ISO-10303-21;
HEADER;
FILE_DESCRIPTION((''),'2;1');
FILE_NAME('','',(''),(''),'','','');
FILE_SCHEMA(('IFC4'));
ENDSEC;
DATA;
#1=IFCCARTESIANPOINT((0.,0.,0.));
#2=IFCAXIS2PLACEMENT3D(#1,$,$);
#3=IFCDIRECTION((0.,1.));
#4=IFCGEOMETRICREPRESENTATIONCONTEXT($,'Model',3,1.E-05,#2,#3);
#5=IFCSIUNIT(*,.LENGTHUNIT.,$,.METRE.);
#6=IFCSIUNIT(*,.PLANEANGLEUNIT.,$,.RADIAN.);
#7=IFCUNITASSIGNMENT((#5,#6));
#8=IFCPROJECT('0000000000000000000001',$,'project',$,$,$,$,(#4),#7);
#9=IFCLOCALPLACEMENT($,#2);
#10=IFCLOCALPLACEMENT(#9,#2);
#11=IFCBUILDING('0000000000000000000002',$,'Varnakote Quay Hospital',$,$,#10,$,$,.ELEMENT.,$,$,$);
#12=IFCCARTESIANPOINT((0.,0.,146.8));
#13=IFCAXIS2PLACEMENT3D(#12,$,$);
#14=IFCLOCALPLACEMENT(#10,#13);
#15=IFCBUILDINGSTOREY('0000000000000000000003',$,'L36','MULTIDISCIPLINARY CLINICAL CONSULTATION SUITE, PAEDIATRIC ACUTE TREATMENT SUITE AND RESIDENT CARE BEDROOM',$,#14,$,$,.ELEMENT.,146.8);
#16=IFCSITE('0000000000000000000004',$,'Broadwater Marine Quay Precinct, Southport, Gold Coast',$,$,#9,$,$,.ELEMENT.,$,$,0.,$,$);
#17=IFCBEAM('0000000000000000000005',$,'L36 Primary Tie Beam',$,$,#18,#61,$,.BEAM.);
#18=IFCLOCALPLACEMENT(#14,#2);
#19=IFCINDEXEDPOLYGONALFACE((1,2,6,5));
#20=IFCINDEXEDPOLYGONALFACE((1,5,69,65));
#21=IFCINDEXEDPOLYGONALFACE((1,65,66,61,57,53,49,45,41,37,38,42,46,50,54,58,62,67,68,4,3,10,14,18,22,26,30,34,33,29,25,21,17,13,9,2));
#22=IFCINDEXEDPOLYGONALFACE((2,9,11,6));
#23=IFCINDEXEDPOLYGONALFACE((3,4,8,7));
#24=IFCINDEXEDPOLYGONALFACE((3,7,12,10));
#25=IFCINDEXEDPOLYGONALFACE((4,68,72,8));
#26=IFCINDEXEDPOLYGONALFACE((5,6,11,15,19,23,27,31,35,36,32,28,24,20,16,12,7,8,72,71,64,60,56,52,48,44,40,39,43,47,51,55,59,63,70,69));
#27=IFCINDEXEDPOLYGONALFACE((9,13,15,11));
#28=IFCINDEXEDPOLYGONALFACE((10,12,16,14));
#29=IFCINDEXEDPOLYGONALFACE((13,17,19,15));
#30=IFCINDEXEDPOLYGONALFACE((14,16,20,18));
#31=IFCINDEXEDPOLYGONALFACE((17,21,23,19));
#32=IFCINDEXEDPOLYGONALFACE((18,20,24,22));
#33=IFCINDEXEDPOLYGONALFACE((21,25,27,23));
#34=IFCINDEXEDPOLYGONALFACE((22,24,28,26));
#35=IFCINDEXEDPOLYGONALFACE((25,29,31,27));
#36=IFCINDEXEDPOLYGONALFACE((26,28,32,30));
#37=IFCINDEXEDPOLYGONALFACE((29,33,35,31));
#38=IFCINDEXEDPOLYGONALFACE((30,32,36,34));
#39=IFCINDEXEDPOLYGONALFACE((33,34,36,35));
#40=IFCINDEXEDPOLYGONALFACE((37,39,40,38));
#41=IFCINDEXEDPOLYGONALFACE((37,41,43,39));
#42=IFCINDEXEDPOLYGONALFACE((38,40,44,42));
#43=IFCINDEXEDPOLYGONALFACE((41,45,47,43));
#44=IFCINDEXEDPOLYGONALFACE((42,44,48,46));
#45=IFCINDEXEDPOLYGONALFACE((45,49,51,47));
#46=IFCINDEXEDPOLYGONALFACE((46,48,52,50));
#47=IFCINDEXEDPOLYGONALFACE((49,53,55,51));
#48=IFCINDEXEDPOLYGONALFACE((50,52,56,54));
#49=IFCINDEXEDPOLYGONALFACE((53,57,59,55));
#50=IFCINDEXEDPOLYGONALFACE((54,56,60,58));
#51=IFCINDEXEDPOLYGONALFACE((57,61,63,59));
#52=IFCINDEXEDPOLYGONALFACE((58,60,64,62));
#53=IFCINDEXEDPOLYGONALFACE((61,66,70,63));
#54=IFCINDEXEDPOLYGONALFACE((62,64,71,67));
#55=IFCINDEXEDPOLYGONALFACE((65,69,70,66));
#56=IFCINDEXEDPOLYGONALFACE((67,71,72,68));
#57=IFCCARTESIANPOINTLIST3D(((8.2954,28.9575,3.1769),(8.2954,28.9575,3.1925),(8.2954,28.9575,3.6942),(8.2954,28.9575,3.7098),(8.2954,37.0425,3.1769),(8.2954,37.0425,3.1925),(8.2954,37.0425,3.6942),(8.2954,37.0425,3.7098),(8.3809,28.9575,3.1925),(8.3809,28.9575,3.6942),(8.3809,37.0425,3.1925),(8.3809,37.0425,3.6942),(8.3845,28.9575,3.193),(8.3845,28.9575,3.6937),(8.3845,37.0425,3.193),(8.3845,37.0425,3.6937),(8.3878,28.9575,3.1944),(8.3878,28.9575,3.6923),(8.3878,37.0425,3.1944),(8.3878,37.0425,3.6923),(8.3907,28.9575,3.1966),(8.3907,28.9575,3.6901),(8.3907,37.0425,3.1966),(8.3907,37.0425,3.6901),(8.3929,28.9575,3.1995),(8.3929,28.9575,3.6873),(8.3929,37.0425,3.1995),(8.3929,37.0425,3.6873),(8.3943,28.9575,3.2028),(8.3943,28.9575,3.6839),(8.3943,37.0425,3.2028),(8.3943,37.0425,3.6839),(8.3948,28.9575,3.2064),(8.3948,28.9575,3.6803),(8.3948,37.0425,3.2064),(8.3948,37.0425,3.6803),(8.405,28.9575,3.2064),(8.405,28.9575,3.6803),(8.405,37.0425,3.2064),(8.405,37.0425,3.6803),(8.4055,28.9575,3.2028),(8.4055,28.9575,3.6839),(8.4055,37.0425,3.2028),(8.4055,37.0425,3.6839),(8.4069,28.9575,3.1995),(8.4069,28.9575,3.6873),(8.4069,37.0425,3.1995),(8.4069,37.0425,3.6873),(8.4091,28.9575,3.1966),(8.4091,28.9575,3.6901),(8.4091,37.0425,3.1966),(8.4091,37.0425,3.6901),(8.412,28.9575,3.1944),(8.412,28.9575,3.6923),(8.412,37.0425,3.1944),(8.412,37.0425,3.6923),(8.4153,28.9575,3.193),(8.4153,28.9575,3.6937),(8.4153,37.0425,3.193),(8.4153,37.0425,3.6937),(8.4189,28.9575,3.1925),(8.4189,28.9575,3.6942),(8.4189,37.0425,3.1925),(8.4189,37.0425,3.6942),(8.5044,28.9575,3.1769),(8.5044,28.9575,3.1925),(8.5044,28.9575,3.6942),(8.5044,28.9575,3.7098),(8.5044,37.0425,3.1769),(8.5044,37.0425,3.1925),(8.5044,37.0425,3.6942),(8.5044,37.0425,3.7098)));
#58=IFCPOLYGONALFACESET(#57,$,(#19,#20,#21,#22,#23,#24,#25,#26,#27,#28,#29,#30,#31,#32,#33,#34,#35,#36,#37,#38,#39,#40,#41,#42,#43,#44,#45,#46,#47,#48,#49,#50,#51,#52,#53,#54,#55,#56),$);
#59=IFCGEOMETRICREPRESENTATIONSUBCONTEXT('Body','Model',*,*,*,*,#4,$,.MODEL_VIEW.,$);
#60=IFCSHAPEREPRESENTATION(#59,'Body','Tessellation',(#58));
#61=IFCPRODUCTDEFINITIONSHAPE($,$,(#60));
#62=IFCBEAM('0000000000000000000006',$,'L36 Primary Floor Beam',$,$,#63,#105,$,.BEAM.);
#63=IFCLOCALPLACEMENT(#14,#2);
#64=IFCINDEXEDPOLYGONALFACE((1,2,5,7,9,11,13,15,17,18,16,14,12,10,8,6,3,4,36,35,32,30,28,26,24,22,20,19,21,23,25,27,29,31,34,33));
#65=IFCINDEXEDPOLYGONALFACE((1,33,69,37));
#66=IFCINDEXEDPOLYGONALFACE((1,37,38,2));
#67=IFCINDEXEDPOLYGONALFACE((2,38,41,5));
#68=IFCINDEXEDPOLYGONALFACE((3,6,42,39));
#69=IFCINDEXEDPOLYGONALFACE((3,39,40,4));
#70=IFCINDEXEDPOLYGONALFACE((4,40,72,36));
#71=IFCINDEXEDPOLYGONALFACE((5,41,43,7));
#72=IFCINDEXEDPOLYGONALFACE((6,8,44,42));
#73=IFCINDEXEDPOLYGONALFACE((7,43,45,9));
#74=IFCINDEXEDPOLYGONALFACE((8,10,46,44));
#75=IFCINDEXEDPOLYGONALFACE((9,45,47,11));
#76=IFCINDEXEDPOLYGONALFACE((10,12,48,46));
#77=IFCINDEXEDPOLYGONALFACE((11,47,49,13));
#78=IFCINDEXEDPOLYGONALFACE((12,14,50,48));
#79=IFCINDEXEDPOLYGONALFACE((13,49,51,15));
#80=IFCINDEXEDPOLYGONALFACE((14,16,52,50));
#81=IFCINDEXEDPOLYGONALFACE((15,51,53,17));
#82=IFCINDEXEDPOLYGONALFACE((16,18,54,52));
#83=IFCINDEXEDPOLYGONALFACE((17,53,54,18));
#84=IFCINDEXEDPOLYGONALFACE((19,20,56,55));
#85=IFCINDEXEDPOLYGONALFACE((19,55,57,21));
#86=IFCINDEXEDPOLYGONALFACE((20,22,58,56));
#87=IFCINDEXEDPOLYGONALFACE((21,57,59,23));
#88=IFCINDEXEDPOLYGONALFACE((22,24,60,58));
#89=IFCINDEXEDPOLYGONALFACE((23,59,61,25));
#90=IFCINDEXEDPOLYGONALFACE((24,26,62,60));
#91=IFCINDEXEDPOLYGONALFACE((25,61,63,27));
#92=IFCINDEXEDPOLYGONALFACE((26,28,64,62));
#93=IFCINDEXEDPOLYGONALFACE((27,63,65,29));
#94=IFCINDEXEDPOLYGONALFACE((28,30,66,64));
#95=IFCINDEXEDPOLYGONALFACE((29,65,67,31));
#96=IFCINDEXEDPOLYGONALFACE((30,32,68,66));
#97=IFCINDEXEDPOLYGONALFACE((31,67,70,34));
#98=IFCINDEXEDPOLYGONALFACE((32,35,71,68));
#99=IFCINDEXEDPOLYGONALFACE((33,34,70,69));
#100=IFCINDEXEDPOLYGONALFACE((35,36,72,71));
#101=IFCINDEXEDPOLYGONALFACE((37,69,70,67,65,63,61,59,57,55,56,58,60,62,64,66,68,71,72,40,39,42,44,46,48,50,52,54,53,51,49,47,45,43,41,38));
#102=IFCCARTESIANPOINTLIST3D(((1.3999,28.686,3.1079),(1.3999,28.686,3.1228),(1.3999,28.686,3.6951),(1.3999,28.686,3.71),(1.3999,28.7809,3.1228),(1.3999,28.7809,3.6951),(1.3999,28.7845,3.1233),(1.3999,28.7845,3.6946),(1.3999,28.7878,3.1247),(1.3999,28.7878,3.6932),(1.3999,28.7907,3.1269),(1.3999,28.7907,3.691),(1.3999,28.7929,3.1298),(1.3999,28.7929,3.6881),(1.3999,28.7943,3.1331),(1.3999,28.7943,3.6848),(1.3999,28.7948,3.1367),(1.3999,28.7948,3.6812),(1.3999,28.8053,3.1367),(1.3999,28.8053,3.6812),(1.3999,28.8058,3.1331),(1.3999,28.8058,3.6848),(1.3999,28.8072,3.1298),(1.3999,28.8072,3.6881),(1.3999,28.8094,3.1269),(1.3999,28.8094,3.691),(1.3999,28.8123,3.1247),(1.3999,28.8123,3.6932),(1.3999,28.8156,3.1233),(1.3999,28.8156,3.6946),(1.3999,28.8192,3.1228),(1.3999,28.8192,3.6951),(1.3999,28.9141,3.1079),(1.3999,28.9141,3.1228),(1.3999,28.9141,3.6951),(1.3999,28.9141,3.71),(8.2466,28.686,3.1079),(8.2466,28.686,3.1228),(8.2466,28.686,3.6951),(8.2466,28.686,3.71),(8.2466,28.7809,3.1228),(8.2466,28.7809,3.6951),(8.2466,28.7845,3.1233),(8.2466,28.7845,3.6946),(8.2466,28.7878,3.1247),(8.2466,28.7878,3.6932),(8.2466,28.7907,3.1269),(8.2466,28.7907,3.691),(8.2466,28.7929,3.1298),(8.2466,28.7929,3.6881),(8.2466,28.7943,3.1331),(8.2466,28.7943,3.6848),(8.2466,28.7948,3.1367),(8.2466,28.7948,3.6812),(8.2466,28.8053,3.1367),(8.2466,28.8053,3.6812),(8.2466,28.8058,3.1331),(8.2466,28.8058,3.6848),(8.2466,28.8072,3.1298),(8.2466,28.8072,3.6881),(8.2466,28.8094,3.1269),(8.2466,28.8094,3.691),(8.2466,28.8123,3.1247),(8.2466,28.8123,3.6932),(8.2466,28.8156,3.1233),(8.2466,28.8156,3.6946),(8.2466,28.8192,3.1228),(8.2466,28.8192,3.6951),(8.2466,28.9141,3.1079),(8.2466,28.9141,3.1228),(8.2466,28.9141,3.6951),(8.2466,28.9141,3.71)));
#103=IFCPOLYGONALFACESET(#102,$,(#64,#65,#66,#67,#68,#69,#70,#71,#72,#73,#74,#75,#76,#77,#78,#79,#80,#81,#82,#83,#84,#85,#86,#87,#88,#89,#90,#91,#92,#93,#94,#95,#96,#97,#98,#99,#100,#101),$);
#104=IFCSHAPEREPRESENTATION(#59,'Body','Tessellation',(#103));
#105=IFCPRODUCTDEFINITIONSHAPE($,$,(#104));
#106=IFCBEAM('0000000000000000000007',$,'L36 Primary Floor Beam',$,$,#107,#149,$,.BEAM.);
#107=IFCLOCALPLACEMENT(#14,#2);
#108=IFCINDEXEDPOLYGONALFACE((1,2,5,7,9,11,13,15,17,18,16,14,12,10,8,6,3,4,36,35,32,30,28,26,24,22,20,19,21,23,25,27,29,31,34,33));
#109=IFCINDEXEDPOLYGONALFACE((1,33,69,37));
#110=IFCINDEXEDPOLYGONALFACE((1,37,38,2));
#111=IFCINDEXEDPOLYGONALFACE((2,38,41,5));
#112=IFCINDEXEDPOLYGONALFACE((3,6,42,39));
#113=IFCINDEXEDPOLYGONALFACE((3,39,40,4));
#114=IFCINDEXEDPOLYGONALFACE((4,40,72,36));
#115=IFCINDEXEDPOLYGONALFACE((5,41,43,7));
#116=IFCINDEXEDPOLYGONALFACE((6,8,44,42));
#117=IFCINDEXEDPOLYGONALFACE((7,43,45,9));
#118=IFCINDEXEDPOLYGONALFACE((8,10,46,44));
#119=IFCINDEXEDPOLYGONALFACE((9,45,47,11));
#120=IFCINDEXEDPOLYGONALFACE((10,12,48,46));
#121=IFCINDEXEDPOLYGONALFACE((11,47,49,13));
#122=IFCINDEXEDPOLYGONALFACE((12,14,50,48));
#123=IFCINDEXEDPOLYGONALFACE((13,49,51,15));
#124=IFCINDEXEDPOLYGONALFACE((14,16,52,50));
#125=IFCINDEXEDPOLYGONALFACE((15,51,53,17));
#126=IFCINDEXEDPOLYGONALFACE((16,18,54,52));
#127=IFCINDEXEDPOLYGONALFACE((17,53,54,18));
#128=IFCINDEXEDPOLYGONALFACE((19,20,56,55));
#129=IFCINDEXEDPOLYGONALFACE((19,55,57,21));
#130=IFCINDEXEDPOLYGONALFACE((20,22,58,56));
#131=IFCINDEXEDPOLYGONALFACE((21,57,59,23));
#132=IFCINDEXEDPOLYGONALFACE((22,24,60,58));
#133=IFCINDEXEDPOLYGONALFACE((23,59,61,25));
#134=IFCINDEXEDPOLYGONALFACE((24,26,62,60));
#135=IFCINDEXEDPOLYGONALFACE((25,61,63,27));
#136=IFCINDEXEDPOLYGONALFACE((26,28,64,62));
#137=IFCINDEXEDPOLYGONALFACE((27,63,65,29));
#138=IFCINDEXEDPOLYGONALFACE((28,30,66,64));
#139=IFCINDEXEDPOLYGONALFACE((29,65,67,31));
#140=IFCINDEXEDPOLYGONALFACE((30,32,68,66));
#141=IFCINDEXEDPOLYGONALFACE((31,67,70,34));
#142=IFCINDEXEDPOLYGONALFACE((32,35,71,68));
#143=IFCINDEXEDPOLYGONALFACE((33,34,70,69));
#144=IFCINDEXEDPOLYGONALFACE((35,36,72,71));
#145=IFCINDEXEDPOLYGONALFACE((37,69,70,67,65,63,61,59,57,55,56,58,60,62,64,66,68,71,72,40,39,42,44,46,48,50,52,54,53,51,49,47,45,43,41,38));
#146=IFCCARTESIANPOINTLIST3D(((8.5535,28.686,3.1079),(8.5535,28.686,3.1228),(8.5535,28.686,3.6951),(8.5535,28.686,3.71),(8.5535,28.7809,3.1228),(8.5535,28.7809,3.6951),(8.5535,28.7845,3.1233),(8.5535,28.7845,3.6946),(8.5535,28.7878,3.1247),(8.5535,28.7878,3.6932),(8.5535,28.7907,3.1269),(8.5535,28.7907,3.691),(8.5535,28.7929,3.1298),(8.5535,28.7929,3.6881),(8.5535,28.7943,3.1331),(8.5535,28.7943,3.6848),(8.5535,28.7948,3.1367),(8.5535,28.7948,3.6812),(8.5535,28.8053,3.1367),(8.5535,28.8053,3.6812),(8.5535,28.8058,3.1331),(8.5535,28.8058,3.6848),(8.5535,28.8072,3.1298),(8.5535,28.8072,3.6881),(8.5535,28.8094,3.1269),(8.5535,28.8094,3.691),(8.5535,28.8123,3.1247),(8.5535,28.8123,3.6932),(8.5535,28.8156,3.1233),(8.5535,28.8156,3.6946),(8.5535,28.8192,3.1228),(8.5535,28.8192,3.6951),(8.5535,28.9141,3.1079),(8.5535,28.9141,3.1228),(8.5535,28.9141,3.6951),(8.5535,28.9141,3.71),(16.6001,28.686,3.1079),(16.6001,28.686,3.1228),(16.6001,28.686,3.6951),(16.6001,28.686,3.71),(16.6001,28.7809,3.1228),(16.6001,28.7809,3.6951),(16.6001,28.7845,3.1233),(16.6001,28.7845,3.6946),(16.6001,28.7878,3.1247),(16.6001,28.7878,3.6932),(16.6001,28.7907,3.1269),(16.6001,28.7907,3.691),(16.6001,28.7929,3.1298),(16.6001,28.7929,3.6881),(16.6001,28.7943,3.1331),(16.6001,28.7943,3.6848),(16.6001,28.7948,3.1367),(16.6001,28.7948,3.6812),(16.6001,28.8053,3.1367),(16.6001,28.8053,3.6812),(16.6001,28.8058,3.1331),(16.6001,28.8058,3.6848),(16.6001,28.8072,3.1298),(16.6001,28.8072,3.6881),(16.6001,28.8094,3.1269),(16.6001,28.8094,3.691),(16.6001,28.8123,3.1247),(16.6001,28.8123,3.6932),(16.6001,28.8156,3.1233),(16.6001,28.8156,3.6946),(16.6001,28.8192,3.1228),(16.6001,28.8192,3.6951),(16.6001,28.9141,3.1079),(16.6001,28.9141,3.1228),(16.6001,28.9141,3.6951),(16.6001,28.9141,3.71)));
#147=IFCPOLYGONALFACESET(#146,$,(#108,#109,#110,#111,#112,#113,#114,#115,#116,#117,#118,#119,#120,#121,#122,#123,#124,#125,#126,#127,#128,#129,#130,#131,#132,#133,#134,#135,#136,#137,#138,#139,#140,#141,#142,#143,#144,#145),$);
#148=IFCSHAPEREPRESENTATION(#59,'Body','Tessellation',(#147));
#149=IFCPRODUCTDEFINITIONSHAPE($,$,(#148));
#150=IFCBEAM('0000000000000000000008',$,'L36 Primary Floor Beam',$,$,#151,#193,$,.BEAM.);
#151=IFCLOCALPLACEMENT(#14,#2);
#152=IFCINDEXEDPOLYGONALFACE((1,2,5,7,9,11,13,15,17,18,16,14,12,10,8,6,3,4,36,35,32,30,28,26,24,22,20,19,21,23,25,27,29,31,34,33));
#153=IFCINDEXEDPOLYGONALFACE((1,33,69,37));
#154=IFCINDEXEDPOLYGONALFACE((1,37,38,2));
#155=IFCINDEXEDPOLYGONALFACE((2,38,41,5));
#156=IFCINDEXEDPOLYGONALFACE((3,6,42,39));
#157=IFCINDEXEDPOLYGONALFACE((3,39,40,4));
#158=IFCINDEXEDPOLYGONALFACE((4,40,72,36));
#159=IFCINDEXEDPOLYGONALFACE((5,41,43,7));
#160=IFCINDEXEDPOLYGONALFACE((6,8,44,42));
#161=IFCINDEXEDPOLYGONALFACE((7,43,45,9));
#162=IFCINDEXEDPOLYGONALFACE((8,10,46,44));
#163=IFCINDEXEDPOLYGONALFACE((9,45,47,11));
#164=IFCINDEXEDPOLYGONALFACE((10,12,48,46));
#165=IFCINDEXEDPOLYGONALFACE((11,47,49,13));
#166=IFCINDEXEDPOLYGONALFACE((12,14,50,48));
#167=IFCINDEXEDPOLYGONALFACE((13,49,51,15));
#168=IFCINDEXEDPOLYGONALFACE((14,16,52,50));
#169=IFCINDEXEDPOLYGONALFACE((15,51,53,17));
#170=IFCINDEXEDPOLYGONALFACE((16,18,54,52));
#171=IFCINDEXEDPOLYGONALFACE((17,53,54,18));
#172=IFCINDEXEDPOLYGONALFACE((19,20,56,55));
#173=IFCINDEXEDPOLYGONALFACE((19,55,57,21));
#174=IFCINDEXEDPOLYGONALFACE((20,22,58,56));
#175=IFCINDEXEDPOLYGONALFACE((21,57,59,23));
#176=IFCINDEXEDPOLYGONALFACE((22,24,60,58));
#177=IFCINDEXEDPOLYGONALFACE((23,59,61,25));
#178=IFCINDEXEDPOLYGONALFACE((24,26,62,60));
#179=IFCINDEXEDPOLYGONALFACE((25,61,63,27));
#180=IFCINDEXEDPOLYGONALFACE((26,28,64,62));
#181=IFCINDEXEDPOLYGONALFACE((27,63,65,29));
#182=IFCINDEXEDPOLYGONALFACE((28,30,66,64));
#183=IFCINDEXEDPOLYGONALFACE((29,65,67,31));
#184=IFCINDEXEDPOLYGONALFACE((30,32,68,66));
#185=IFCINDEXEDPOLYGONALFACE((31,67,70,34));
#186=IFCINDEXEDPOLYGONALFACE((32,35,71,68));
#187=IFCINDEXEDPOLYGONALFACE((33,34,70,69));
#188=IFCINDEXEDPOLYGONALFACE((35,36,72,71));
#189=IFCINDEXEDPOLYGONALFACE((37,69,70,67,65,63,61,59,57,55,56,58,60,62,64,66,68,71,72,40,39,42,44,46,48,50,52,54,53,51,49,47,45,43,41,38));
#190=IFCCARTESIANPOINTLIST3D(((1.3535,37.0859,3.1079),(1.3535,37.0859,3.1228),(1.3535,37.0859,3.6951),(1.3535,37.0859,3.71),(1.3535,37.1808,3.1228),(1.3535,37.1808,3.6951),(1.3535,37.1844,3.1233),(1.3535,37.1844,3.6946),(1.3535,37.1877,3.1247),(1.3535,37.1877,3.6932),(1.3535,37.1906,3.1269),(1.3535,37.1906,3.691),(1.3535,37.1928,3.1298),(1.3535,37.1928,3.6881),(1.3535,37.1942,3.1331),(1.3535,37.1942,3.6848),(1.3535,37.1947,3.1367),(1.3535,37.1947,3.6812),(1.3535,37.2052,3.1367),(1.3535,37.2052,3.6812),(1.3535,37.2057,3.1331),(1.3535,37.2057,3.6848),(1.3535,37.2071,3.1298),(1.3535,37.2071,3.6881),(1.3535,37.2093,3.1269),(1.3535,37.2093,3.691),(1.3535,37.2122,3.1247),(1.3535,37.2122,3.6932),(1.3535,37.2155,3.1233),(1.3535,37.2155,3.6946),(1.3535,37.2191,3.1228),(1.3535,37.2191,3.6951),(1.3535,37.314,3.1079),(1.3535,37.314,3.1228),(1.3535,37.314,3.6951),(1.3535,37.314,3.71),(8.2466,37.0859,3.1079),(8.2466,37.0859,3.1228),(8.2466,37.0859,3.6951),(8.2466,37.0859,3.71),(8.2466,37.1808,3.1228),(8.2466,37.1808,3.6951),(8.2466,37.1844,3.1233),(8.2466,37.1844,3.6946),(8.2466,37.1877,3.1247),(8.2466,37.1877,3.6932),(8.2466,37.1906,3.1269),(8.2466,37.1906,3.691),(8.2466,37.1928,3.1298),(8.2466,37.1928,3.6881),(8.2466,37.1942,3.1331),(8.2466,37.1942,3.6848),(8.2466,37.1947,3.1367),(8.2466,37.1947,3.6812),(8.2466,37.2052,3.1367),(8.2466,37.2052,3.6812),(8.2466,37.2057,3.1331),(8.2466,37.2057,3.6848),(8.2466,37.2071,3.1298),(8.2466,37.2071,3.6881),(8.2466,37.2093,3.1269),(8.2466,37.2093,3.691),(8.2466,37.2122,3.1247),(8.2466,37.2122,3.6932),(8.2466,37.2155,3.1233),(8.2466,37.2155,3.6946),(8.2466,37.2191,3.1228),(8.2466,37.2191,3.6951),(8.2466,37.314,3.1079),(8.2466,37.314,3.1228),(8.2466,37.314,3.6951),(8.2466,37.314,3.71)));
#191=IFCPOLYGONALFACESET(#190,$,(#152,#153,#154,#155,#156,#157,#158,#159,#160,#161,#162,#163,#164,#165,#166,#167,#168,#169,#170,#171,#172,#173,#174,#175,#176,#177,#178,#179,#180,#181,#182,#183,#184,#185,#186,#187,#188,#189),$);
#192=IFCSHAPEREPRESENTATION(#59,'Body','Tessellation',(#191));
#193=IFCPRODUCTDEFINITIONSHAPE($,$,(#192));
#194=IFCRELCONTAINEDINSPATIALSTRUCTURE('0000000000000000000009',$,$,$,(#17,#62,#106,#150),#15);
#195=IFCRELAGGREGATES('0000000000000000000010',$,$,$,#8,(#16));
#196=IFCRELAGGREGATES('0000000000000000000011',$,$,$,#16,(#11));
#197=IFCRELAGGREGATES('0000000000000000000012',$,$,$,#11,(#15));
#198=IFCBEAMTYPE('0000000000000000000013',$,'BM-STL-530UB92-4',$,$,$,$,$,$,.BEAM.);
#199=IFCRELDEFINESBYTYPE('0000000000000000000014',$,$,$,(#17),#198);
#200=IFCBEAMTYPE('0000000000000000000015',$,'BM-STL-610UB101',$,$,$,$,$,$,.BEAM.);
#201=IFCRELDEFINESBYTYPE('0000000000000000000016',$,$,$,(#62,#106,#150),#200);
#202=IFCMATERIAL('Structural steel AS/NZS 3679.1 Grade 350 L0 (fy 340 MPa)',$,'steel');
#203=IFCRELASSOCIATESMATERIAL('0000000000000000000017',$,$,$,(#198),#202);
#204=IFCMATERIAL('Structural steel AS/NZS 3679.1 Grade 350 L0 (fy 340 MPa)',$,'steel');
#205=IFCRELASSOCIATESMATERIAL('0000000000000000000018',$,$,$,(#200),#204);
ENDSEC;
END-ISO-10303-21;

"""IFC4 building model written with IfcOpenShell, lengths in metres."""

from ifc_helpers import new_model, si_unit, direction, frame, origin, origin_2d, place, context, subcontext, project, spatial, i_section, extrude, material, material_profile, profile_set, type_object, element, save


model = new_model("IFC4")

# Units and contexts
model_context = context("Model", 3, precision=1e-05, world=origin(), true_north=direction((0.0, 1.0)))
body_context = subcontext(model_context, "Body", "Model", "MODEL_VIEW")
ifc_project = project(units=[si_unit("LENGTHUNIT", "METRE"), si_unit("PLANEANGLEUNIT", "RADIAN")], contexts=[model_context])

# Site, building, storey
site_placement = place(None, origin())
site = spatial("IfcSite", under=ifc_project, at=site_placement, Name="Broadwater Marine Quay Precinct, Southport, Gold Coast", CompositionType="ELEMENT", RefElevation=0.0)
building_placement = place(site_placement, origin())
building = spatial("IfcBuilding", under=site, at=building_placement, Name="Varnakote Quay Hospital", CompositionType="ELEMENT")
storey_placement = place(building_placement, frame((0.0, 0.0, 146.8)))
storey = spatial("IfcBuildingStorey", under=building, at=storey_placement, Name="L36", Description="MULTIDISCIPLINARY CLINICAL CONSULTATION SUITE, PAEDIATRIC ACUTE TREATMENT SUITE AND RESIDENT CARE BEDROOM", CompositionType="ELEMENT", Elevation=146.8)

# Beams
ifc_material_1 = material(Name="Structural steel AS/NZS 3679.1 Grade 350 L0 (fy 340 MPa)", Category="steel")
ifc_material_profile_1 = material_profile(ifc_material_1, i_section(OverallWidth=0.209, OverallDepth=0.533, WebThickness=0.0103, FlangeThickness=0.0156, FilletRadius=0.0139, at=origin_2d()), Name="530UB92.4")
ifc_profile_set_1 = profile_set([ifc_material_profile_1], Name="Structural steel AS/NZS 3679.1 Grade 350 L0 (fy 340 MPa)")
beam_type_1 = type_object("IfcBeamType", Name="BM-STL-530UB92-4", PredefinedType="BEAM", material=ifc_profile_set_1)
beam_1_placement = place(storey_placement, frame((8.3999, 28.9575, 3.4434), z_axis=(0.0, 1.0, 0.0), x_axis=(-1.0, 0.0, 0.0)))
element("IfcBeam", 1, at=beam_1_placement, inside=storey, type_object=beam_type_1, Name="L36 Primary Tie Beam", PredefinedType="BEAM", context=body_context, shape_type="SweptSolid", body=[
    extrude(i_section(OverallWidth=0.209, OverallDepth=0.533, WebThickness=0.0103, FlangeThickness=0.0156, FilletRadius=0.0139, at=origin_2d()), origin(), (0.0, 0.0, 1.0), 8.085),
])
ifc_material_2 = material(Name="Structural steel AS/NZS 3679.1 Grade 350 L0 (fy 340 MPa)", Category="steel")
ifc_material_profile_2 = material_profile(ifc_material_2, i_section(OverallWidth=0.228, OverallDepth=0.6021, WebThickness=0.0105, FlangeThickness=0.0149, FilletRadius=0.0139, at=origin_2d()), Name="610UB101")
ifc_profile_set_2 = profile_set([ifc_material_profile_2], Name="Structural steel AS/NZS 3679.1 Grade 350 L0 (fy 340 MPa)")
beam_type_2 = type_object("IfcBeamType", Name="BM-STL-610UB101", PredefinedType="BEAM", material=ifc_profile_set_2)
beam_2_placement = place(storey_placement, frame((1.3999, 28.8, 3.4089), z_axis=(1.0, 0.0, 0.0), x_axis=(0.0, 1.0, 0.0)))
element("IfcBeam", 2, at=beam_2_placement, inside=storey, type_object=beam_type_2, Name="L36 Primary Floor Beam", PredefinedType="BEAM", context=body_context, shape_type="SweptSolid", body=[
    extrude(i_section(OverallWidth=0.228, OverallDepth=0.6021, WebThickness=0.0105, FlangeThickness=0.0149, FilletRadius=0.0139, at=origin_2d()), origin(), (0.0, 0.0, 1.0), 6.8467),
])
beam_3_placement = place(storey_placement, frame((8.5535, 28.8, 3.4089), z_axis=(1.0, 0.0, 0.0), x_axis=(0.0, 1.0, 0.0)))
element("IfcBeam", 3, at=beam_3_placement, inside=storey, type_object=beam_type_2, Name="L36 Primary Floor Beam", PredefinedType="BEAM", context=body_context, shape_type="SweptSolid", body=[
    extrude(i_section(OverallWidth=0.228, OverallDepth=0.6021, WebThickness=0.0105, FlangeThickness=0.0149, FilletRadius=0.0139, at=origin_2d()), origin(), (0.0, 0.0, 1.0), 8.0466),
])
beam_4_placement = place(storey_placement, frame((1.3535, 37.2, 3.4089), z_axis=(1.0, 0.0, 0.0), x_axis=(0.0, 1.0, 0.0)))
element("IfcBeam", 4, at=beam_4_placement, inside=storey, type_object=beam_type_2, Name="L36 Primary Floor Beam", PredefinedType="BEAM", context=body_context, shape_type="SweptSolid", body=[
    extrude(i_section(OverallWidth=0.228, OverallDepth=0.6021, WebThickness=0.0105, FlangeThickness=0.0149, FilletRadius=0.0139, at=origin_2d()), origin(), (0.0, 0.0, 1.0), 6.8931),
])

save(model, "model.ifc")
